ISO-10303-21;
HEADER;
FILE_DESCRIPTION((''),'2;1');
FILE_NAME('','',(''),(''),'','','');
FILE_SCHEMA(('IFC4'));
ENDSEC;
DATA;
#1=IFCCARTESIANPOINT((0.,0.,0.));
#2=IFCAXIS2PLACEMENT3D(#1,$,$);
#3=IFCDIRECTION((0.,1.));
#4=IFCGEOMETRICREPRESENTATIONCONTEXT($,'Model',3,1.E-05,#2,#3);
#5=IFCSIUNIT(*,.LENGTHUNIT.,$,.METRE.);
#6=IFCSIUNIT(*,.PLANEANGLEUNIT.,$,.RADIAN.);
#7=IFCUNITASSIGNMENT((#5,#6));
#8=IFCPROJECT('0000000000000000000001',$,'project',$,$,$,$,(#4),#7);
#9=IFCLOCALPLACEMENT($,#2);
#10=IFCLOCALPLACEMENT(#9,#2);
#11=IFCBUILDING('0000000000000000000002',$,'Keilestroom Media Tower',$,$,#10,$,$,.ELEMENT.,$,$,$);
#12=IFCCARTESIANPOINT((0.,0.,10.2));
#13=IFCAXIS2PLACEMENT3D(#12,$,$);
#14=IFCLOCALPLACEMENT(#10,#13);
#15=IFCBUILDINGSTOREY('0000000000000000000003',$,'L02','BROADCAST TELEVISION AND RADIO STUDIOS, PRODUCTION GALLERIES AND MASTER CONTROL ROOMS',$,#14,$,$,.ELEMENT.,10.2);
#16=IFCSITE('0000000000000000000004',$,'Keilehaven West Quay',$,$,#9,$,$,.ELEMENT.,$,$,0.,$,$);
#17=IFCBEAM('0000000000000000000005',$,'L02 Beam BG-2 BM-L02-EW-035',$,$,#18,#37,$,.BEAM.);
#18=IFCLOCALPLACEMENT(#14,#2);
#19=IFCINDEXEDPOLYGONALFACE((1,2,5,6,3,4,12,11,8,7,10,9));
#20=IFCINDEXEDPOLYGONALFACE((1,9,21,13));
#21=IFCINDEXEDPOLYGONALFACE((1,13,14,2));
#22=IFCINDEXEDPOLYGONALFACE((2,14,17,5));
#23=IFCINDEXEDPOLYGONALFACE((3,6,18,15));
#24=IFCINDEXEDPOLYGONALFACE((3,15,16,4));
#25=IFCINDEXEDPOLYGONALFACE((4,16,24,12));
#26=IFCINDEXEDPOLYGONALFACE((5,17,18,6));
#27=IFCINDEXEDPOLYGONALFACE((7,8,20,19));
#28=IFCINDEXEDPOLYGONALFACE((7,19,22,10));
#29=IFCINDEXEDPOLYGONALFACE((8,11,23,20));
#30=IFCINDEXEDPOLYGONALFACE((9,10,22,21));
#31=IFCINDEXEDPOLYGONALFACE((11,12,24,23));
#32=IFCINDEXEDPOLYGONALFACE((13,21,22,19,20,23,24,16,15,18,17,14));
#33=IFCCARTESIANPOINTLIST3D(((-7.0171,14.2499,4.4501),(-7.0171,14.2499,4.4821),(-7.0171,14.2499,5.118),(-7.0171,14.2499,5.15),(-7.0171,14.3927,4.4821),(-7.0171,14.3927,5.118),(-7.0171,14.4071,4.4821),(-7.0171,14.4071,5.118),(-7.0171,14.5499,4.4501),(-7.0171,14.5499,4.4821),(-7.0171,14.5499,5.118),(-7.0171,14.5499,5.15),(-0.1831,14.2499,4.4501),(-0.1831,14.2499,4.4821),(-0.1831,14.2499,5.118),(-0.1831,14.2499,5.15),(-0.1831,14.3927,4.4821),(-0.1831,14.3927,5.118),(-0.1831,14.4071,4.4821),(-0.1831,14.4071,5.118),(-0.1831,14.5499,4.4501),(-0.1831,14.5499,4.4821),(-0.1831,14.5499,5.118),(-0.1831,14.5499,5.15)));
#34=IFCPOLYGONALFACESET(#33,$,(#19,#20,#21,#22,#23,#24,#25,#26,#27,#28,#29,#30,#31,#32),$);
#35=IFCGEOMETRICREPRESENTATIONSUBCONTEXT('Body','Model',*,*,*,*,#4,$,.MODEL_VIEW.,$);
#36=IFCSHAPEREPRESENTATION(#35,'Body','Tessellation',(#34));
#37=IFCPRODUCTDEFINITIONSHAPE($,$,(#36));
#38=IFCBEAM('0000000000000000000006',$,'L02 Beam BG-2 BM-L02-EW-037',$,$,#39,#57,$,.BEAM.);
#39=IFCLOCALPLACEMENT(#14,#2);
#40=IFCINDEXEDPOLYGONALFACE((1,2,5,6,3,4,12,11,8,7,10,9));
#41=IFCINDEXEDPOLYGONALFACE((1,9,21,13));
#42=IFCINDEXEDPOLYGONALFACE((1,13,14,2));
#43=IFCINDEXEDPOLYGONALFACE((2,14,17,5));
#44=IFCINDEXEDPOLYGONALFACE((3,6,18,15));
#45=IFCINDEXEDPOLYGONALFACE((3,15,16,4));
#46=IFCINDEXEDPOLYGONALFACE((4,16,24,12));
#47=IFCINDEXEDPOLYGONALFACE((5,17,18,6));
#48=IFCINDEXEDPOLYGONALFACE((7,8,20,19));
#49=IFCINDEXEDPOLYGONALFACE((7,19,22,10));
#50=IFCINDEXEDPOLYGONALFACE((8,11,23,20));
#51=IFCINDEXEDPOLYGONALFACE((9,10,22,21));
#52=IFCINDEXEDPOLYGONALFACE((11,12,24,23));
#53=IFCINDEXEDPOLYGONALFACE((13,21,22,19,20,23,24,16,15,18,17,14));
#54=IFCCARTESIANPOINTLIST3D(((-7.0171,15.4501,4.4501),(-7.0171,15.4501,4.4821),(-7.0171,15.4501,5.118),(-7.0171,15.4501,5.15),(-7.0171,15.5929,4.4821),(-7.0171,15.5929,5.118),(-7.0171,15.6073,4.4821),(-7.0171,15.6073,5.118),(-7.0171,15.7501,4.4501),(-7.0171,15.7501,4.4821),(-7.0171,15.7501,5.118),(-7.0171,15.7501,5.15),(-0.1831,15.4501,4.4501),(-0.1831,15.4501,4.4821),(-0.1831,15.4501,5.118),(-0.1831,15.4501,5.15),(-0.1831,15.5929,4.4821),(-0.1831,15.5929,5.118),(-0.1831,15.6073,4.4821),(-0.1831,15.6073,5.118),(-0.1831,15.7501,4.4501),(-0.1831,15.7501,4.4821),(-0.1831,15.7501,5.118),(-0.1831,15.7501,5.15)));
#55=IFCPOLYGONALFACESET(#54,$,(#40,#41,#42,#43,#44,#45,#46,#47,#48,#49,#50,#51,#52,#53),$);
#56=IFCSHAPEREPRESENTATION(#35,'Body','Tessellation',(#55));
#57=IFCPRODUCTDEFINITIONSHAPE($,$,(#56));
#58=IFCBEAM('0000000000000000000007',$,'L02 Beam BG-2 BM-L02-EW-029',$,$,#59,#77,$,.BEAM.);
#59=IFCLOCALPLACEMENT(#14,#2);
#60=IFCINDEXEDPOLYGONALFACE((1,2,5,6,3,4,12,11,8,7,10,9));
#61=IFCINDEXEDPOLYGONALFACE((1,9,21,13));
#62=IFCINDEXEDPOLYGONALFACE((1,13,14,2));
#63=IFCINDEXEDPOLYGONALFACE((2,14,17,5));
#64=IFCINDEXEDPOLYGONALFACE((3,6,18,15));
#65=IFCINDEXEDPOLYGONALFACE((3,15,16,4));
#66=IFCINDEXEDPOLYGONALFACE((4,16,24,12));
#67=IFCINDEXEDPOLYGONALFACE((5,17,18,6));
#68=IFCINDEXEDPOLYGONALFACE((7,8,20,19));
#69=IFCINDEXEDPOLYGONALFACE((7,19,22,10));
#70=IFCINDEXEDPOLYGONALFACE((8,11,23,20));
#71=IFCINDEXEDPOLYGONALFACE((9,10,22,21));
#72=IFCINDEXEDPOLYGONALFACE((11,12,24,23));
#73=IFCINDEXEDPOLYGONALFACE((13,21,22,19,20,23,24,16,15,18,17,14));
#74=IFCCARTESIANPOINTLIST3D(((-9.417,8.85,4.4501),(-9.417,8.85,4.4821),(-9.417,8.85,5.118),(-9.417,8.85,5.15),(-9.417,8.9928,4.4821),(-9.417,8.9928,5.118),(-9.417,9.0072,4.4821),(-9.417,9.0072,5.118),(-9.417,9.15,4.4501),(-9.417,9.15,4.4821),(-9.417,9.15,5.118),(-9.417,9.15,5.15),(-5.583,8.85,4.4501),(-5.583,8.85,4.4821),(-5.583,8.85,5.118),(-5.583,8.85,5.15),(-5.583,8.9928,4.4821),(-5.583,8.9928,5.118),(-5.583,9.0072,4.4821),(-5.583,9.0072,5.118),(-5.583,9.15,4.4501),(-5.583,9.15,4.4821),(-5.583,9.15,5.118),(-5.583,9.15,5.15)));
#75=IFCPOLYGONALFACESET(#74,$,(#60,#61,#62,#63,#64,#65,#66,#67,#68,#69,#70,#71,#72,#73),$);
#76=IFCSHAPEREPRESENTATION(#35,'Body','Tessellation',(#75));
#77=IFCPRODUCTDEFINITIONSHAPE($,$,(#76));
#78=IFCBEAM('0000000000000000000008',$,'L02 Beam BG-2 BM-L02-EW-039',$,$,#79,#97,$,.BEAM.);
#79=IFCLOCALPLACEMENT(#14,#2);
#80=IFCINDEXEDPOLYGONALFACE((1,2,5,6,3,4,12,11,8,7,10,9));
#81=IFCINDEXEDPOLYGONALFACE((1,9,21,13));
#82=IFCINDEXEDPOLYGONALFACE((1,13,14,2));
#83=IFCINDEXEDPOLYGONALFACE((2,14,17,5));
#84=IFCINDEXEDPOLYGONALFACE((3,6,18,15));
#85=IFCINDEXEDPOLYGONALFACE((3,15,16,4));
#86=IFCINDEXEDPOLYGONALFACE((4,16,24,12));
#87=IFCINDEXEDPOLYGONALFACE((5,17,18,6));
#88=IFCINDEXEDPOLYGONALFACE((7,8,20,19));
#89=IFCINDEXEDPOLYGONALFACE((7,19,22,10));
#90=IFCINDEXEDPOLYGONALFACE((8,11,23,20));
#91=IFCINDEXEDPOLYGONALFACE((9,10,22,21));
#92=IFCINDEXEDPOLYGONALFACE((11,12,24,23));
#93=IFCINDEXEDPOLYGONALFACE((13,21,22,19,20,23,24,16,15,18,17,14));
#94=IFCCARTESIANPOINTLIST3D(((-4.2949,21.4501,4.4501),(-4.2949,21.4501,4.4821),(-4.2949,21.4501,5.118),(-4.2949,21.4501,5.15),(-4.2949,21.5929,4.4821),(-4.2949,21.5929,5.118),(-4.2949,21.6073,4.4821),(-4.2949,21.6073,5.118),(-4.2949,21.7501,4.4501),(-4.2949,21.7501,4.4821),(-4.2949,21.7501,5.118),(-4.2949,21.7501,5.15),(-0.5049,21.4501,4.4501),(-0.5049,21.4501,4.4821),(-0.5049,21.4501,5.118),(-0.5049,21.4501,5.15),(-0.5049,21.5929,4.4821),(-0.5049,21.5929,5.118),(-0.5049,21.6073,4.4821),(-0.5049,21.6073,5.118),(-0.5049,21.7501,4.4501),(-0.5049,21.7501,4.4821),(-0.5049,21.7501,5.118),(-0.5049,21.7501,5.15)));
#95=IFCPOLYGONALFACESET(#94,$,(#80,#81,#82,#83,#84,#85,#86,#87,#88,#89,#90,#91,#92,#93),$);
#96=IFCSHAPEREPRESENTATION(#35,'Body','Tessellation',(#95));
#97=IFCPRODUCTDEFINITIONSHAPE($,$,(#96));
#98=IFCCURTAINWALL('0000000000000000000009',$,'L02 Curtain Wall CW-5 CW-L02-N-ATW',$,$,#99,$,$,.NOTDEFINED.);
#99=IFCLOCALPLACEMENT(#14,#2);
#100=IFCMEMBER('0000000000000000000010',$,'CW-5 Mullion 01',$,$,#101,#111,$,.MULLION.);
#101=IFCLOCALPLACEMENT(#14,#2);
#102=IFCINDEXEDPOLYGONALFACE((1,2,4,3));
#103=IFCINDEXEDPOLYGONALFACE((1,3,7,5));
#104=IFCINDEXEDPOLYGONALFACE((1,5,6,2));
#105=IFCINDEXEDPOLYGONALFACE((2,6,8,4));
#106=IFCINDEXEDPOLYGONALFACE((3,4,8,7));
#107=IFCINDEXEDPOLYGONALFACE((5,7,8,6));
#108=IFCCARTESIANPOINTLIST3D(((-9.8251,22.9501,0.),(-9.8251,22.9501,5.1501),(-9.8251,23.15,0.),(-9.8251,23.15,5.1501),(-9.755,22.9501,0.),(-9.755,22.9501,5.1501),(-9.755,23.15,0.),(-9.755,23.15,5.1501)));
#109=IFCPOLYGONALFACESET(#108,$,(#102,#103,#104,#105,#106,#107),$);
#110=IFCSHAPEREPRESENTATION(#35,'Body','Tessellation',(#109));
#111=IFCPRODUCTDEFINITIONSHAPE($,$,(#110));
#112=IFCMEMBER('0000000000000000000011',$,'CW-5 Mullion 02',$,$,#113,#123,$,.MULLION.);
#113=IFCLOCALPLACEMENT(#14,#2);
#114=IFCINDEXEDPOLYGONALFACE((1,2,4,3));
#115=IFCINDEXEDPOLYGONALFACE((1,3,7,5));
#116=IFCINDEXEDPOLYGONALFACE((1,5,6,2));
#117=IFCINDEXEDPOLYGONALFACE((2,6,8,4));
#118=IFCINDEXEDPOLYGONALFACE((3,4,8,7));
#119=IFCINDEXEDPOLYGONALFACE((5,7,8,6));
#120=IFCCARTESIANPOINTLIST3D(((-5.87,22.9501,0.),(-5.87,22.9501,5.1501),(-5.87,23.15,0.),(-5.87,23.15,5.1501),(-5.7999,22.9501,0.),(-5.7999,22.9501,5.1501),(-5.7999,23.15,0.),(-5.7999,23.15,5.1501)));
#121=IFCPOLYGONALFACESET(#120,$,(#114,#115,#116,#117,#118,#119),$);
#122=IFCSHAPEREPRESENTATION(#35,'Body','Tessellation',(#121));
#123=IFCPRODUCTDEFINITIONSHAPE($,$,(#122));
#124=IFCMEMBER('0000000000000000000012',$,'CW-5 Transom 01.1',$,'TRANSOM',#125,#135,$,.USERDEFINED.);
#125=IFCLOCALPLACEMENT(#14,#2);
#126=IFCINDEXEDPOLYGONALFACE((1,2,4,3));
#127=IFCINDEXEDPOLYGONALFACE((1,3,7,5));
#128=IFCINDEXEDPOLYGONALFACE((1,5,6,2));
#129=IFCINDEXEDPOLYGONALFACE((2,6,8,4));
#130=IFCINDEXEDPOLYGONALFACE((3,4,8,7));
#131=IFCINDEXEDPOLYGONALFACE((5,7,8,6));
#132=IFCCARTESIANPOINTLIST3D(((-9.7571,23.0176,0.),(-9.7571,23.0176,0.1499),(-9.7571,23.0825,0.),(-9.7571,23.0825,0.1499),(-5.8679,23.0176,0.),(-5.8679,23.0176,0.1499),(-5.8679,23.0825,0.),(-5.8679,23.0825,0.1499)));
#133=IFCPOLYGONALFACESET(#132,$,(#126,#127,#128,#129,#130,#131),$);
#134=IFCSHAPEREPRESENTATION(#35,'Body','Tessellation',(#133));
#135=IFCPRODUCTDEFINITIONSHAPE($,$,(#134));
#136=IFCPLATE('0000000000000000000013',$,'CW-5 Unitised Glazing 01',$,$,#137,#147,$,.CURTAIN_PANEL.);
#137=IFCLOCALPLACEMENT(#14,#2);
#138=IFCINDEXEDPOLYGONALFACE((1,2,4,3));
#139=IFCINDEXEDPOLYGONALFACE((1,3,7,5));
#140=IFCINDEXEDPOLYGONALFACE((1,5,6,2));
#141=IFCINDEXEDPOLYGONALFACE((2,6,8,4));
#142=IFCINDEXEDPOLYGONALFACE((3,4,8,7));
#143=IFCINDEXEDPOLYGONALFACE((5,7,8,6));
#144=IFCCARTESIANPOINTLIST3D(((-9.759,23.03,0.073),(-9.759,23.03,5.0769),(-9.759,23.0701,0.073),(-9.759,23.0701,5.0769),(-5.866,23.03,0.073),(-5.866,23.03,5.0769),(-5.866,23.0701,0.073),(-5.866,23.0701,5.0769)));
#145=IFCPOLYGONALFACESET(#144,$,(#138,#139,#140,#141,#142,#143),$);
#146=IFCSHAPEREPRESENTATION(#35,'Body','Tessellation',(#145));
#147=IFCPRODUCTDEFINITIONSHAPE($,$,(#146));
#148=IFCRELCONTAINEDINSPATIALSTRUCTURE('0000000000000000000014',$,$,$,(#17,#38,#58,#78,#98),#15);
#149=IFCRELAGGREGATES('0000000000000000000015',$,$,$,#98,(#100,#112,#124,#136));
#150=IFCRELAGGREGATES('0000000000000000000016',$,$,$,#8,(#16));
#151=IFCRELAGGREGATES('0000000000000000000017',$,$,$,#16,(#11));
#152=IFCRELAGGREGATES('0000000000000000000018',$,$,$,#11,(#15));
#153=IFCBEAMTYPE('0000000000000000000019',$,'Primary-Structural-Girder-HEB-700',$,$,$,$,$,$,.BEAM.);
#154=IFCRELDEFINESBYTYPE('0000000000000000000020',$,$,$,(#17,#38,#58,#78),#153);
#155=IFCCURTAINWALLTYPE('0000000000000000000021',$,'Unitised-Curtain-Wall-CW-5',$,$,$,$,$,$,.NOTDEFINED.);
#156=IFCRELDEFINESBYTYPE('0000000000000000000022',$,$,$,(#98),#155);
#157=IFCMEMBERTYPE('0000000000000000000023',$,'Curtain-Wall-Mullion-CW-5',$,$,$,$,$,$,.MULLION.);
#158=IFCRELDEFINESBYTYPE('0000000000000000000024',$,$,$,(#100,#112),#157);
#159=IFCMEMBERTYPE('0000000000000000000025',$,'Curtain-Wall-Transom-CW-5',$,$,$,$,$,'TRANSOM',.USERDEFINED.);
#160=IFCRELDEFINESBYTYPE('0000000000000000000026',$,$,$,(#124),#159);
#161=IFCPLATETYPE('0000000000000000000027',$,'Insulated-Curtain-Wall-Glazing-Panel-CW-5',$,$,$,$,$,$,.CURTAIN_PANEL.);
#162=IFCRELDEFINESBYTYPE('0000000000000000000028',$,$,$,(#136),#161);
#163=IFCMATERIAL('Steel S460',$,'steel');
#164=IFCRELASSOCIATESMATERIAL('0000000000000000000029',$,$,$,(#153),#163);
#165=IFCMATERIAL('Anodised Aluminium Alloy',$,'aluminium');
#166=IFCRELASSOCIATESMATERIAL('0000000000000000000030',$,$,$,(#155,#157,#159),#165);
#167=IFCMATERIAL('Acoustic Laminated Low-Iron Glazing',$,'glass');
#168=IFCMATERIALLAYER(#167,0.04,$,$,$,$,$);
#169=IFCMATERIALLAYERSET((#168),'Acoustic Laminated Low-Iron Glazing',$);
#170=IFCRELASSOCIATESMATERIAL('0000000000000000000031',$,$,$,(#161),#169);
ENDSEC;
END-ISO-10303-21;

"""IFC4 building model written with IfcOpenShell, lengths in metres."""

from ifc_helpers import new_model, si_unit, direction, frame, origin, origin_2d, place, context, subcontext, project, spatial, rectangle, i_section, extrude, source, transform, mapped, material, layer, layer_set, material_profile, profile_set, type_object, element, aggregate, save


model = new_model("IFC4")

# Units and contexts
model_context = context("Model", 3, precision=1e-05, world=origin(), true_north=direction((0.0, 1.0)))
body_context = subcontext(model_context, "Body", "Model", "MODEL_VIEW")
ifc_project = project(units=[si_unit("LENGTHUNIT", "METRE"), si_unit("PLANEANGLEUNIT", "RADIAN")], contexts=[model_context])

# Site, building, storey
site_placement = place(None, origin())
site = spatial("IfcSite", under=ifc_project, at=site_placement, Name="Keilehaven West Quay", CompositionType="ELEMENT", RefElevation=0.0)
building_placement = place(site_placement, origin())
building = spatial("IfcBuilding", under=site, at=building_placement, Name="Keilestroom Media Tower", CompositionType="ELEMENT")
storey_placement = place(building_placement, frame((0.0, 0.0, 10.2)))
storey = spatial("IfcBuildingStorey", under=building, at=storey_placement, Name="L02", Description="BROADCAST TELEVISION AND RADIO STUDIOS, PRODUCTION GALLERIES AND MASTER CONTROL ROOMS", CompositionType="ELEMENT", Elevation=10.2)

# Shared definitions
ifc_material_1 = material(Name="Steel S460", Category="steel")

# Beams
ifc_material_profile_1 = material_profile(ifc_material_1, i_section(OverallWidth=0.3, OverallDepth=0.7, WebThickness=0.0144, FlangeThickness=0.032, at=origin_2d()), Name="HEB 700")
ifc_profile_set_1 = profile_set([ifc_material_profile_1], Name="Steel S460")
beam_type = type_object("IfcBeamType", Name="Primary-Structural-Girder-HEB-700", PredefinedType="BEAM", material=ifc_profile_set_1)
shared_shape_1 = source(origin(), body_context, "Body", "SweptSolid", [
    extrude(i_section(OverallWidth=0.3, OverallDepth=0.7, WebThickness=0.0144, FlangeThickness=0.032, at=origin_2d()), origin(), (0.0, 0.0, 1.0), 6.834),
])
for number, where, z_axis, x_axis, name in (
    (1, (-7.0171, 14.3999, 4.8), (1.0, 0.0, 0.0), (0.0, 1.0, 0.0), "L02 Beam BG-2 BM-L02-EW-035"),
    (2, (-7.0171, 15.6001, 4.8), (1.0, 0.0, 0.0), (0.0, 1.0, 0.0), "L02 Beam BG-2 BM-L02-EW-037"),
):
    element("IfcBeam", number, at=place(storey_placement, frame(where, z_axis=z_axis, x_axis=x_axis)), inside=storey, type_object=beam_type, Name=name, PredefinedType="BEAM", context=body_context, shape_type="MappedRepresentation", body=[
        mapped(shared_shape_1, transform((0.0, 0.0, 0.0), x_axis=(1.0, 0.0, 0.0), y_axis=(0.0, 1.0, 0.0), z_axis=(0.0, 0.0, 1.0), scale=1.0)),
    ])
shared_shape_2 = source(origin(), body_context, "Body", "SweptSolid", [
    extrude(i_section(OverallWidth=0.3, OverallDepth=0.7, WebThickness=0.0144, FlangeThickness=0.032, at=origin_2d()), origin(), (0.0, 0.0, 1.0), 3.834),
])
beam_1_placement = place(storey_placement, frame((-9.417, 9.0, 4.8), z_axis=(1.0, 0.0, 0.0), x_axis=(0.0, 1.0, 0.0)))
element("IfcBeam", 3, at=beam_1_placement, inside=storey, type_object=beam_type, Name="L02 Beam BG-2 BM-L02-EW-029", PredefinedType="BEAM", context=body_context, shape_type="MappedRepresentation", body=[
    mapped(shared_shape_2, transform((0.0, 0.0, 0.0), x_axis=(1.0, 0.0, 0.0), y_axis=(0.0, 1.0, 0.0), z_axis=(0.0, 0.0, 1.0), scale=1.0)),
])
shared_shape_3 = source(origin(), body_context, "Body", "SweptSolid", [
    extrude(i_section(OverallWidth=0.3, OverallDepth=0.7, WebThickness=0.0144, FlangeThickness=0.032, at=origin_2d()), origin(), (0.0, 0.0, 1.0), 3.79),
])
beam_2_placement = place(storey_placement, frame((-4.2949, 21.6001, 4.8), z_axis=(1.0, 0.0, 0.0), x_axis=(0.0, 1.0, 0.0)))
element("IfcBeam", 4, at=beam_2_placement, inside=storey, type_object=beam_type, Name="L02 Beam BG-2 BM-L02-EW-039", PredefinedType="BEAM", context=body_context, shape_type="MappedRepresentation", body=[
    mapped(shared_shape_3, transform((0.0, 0.0, 0.0), x_axis=(1.0, 0.0, 0.0), y_axis=(0.0, 1.0, 0.0), z_axis=(0.0, 0.0, 1.0), scale=1.0)),
])

# Curtain wall, members, plate
ifc_material_2 = material(Name="Anodised Aluminium Alloy", Category="aluminium")
curtain_wall_type = type_object("IfcCurtainWallType", Name="Unitised-Curtain-Wall-CW-5", PredefinedType="NOTDEFINED", material=ifc_material_2)
curtain_wall_placement = place(storey_placement, origin())
curtain_wall = element("IfcCurtainWall", 5, at=curtain_wall_placement, inside=storey, type_object=curtain_wall_type, Name="L02 Curtain Wall CW-5 CW-L02-N-ATW", PredefinedType="NOTDEFINED")
ifc_material_profile_2 = material_profile(ifc_material_2, rectangle(XDim=0.0701, YDim=0.2, at=origin_2d()), Name="ALU MULLION 70x200")
ifc_profile_set_2 = profile_set([ifc_material_profile_2], Name="Anodised Aluminium Alloy")
member_type_1 = type_object("IfcMemberType", Name="Curtain-Wall-Mullion-CW-5", PredefinedType="MULLION", material=ifc_profile_set_2)
shared_shape_4 = source(origin(), body_context, "Body", "SweptSolid", [
    extrude(rectangle(XDim=0.0701, YDim=0.2, at=origin_2d()), origin(), (0.0, 0.0, 1.0), 5.1501),
])
member_1_placement = place(storey_placement, frame((-9.79, 23.05, 0.0), z_axis=(0.0, 0.0, 1.0), x_axis=(1.0, 0.0, 0.0)))
member_1 = element("IfcMember", 6, at=member_1_placement, type_object=member_type_1, Name="CW-5 Mullion 01", PredefinedType="MULLION", context=body_context, shape_type="MappedRepresentation", body=[
    mapped(shared_shape_4, transform((0.0, 0.0, 0.0), x_axis=(1.0, 0.0, 0.0), y_axis=(0.0, 1.0, 0.0), z_axis=(0.0, 0.0, 1.0), scale=1.0)),
])
member_2_placement = place(storey_placement, frame((-5.835, 23.05, 0.0), z_axis=(0.0, 0.0, 1.0), x_axis=(1.0, 0.0, 0.0)))
member_2 = element("IfcMember", 7, at=member_2_placement, type_object=member_type_1, Name="CW-5 Mullion 02", PredefinedType="MULLION", context=body_context, shape_type="MappedRepresentation", body=[
    mapped(shared_shape_4, transform((0.0, 0.0, 0.0), x_axis=(1.0, 0.0, 0.0), y_axis=(0.0, 1.0, 0.0), z_axis=(0.0, 0.0, 1.0), scale=1.0)),
])
ifc_material_profile_3 = material_profile(ifc_material_2, rectangle(XDim=0.0649, YDim=0.1499, at=origin_2d()), Name="ALU TRANSOM 65x150")
ifc_profile_set_3 = profile_set([ifc_material_profile_3], Name="Anodised Aluminium Alloy")
member_type_2 = type_object("IfcMemberType", Name="Curtain-Wall-Transom-CW-5", ElementType="TRANSOM", PredefinedType="USERDEFINED", material=ifc_profile_set_3)
shared_shape_5 = source(origin(), body_context, "Body", "SweptSolid", [
    extrude(rectangle(XDim=0.0649, YDim=0.1499, at=origin_2d()), origin(), (0.0, 0.0, 1.0), 3.8892),
])
member_3_placement = place(storey_placement, frame((-9.7571, 23.05, 0.075), z_axis=(1.0, 0.0, 0.0), x_axis=(0.0, 1.0, 0.0)))
member_3 = element("IfcMember", 8, at=member_3_placement, type_object=member_type_2, Name="CW-5 Transom 01.1", ObjectType="TRANSOM", PredefinedType="USERDEFINED", context=body_context, shape_type="MappedRepresentation", body=[
    mapped(shared_shape_5, transform((0.0, 0.0, 0.0), x_axis=(1.0, 0.0, 0.0), y_axis=(0.0, 1.0, 0.0), z_axis=(0.0, 0.0, 1.0), scale=1.0)),
])
ifc_material_3 = material(Name="Acoustic Laminated Low-Iron Glazing", Category="glass")
ifc_layer_1 = layer(ifc_material_3, 0.04)
ifc_layer_set_1 = layer_set([ifc_layer_1], Name="Acoustic Laminated Low-Iron Glazing")
plate_type = type_object("IfcPlateType", Name="Insulated-Curtain-Wall-Glazing-Panel-CW-5", PredefinedType="CURTAIN_PANEL", material=ifc_layer_set_1)
shared_shape_6 = source(origin(), body_context, "Body", "SweptSolid", [
    extrude(rectangle(XDim=3.8931, YDim=0.04, at=origin_2d()), origin(), (0.0, 0.0, 1.0), 5.0039),
])
plate_placement = place(storey_placement, frame((-7.8125, 23.05, 0.073), z_axis=(0.0, 0.0, 1.0), x_axis=(1.0, 0.0, 0.0)))
plate = element("IfcPlate", 9, at=plate_placement, type_object=plate_type, Name="CW-5 Unitised Glazing 01", PredefinedType="CURTAIN_PANEL", context=body_context, shape_type="MappedRepresentation", body=[
    mapped(shared_shape_6, transform((0.0, 0.0, 0.0), x_axis=(1.0, 0.0, 0.0), y_axis=(0.0, 1.0, 0.0), z_axis=(0.0, 0.0, 1.0), scale=1.0)),
])
aggregate(curtain_wall, [member_1, member_2, member_3, plate])

save(model, "model.ifc")
